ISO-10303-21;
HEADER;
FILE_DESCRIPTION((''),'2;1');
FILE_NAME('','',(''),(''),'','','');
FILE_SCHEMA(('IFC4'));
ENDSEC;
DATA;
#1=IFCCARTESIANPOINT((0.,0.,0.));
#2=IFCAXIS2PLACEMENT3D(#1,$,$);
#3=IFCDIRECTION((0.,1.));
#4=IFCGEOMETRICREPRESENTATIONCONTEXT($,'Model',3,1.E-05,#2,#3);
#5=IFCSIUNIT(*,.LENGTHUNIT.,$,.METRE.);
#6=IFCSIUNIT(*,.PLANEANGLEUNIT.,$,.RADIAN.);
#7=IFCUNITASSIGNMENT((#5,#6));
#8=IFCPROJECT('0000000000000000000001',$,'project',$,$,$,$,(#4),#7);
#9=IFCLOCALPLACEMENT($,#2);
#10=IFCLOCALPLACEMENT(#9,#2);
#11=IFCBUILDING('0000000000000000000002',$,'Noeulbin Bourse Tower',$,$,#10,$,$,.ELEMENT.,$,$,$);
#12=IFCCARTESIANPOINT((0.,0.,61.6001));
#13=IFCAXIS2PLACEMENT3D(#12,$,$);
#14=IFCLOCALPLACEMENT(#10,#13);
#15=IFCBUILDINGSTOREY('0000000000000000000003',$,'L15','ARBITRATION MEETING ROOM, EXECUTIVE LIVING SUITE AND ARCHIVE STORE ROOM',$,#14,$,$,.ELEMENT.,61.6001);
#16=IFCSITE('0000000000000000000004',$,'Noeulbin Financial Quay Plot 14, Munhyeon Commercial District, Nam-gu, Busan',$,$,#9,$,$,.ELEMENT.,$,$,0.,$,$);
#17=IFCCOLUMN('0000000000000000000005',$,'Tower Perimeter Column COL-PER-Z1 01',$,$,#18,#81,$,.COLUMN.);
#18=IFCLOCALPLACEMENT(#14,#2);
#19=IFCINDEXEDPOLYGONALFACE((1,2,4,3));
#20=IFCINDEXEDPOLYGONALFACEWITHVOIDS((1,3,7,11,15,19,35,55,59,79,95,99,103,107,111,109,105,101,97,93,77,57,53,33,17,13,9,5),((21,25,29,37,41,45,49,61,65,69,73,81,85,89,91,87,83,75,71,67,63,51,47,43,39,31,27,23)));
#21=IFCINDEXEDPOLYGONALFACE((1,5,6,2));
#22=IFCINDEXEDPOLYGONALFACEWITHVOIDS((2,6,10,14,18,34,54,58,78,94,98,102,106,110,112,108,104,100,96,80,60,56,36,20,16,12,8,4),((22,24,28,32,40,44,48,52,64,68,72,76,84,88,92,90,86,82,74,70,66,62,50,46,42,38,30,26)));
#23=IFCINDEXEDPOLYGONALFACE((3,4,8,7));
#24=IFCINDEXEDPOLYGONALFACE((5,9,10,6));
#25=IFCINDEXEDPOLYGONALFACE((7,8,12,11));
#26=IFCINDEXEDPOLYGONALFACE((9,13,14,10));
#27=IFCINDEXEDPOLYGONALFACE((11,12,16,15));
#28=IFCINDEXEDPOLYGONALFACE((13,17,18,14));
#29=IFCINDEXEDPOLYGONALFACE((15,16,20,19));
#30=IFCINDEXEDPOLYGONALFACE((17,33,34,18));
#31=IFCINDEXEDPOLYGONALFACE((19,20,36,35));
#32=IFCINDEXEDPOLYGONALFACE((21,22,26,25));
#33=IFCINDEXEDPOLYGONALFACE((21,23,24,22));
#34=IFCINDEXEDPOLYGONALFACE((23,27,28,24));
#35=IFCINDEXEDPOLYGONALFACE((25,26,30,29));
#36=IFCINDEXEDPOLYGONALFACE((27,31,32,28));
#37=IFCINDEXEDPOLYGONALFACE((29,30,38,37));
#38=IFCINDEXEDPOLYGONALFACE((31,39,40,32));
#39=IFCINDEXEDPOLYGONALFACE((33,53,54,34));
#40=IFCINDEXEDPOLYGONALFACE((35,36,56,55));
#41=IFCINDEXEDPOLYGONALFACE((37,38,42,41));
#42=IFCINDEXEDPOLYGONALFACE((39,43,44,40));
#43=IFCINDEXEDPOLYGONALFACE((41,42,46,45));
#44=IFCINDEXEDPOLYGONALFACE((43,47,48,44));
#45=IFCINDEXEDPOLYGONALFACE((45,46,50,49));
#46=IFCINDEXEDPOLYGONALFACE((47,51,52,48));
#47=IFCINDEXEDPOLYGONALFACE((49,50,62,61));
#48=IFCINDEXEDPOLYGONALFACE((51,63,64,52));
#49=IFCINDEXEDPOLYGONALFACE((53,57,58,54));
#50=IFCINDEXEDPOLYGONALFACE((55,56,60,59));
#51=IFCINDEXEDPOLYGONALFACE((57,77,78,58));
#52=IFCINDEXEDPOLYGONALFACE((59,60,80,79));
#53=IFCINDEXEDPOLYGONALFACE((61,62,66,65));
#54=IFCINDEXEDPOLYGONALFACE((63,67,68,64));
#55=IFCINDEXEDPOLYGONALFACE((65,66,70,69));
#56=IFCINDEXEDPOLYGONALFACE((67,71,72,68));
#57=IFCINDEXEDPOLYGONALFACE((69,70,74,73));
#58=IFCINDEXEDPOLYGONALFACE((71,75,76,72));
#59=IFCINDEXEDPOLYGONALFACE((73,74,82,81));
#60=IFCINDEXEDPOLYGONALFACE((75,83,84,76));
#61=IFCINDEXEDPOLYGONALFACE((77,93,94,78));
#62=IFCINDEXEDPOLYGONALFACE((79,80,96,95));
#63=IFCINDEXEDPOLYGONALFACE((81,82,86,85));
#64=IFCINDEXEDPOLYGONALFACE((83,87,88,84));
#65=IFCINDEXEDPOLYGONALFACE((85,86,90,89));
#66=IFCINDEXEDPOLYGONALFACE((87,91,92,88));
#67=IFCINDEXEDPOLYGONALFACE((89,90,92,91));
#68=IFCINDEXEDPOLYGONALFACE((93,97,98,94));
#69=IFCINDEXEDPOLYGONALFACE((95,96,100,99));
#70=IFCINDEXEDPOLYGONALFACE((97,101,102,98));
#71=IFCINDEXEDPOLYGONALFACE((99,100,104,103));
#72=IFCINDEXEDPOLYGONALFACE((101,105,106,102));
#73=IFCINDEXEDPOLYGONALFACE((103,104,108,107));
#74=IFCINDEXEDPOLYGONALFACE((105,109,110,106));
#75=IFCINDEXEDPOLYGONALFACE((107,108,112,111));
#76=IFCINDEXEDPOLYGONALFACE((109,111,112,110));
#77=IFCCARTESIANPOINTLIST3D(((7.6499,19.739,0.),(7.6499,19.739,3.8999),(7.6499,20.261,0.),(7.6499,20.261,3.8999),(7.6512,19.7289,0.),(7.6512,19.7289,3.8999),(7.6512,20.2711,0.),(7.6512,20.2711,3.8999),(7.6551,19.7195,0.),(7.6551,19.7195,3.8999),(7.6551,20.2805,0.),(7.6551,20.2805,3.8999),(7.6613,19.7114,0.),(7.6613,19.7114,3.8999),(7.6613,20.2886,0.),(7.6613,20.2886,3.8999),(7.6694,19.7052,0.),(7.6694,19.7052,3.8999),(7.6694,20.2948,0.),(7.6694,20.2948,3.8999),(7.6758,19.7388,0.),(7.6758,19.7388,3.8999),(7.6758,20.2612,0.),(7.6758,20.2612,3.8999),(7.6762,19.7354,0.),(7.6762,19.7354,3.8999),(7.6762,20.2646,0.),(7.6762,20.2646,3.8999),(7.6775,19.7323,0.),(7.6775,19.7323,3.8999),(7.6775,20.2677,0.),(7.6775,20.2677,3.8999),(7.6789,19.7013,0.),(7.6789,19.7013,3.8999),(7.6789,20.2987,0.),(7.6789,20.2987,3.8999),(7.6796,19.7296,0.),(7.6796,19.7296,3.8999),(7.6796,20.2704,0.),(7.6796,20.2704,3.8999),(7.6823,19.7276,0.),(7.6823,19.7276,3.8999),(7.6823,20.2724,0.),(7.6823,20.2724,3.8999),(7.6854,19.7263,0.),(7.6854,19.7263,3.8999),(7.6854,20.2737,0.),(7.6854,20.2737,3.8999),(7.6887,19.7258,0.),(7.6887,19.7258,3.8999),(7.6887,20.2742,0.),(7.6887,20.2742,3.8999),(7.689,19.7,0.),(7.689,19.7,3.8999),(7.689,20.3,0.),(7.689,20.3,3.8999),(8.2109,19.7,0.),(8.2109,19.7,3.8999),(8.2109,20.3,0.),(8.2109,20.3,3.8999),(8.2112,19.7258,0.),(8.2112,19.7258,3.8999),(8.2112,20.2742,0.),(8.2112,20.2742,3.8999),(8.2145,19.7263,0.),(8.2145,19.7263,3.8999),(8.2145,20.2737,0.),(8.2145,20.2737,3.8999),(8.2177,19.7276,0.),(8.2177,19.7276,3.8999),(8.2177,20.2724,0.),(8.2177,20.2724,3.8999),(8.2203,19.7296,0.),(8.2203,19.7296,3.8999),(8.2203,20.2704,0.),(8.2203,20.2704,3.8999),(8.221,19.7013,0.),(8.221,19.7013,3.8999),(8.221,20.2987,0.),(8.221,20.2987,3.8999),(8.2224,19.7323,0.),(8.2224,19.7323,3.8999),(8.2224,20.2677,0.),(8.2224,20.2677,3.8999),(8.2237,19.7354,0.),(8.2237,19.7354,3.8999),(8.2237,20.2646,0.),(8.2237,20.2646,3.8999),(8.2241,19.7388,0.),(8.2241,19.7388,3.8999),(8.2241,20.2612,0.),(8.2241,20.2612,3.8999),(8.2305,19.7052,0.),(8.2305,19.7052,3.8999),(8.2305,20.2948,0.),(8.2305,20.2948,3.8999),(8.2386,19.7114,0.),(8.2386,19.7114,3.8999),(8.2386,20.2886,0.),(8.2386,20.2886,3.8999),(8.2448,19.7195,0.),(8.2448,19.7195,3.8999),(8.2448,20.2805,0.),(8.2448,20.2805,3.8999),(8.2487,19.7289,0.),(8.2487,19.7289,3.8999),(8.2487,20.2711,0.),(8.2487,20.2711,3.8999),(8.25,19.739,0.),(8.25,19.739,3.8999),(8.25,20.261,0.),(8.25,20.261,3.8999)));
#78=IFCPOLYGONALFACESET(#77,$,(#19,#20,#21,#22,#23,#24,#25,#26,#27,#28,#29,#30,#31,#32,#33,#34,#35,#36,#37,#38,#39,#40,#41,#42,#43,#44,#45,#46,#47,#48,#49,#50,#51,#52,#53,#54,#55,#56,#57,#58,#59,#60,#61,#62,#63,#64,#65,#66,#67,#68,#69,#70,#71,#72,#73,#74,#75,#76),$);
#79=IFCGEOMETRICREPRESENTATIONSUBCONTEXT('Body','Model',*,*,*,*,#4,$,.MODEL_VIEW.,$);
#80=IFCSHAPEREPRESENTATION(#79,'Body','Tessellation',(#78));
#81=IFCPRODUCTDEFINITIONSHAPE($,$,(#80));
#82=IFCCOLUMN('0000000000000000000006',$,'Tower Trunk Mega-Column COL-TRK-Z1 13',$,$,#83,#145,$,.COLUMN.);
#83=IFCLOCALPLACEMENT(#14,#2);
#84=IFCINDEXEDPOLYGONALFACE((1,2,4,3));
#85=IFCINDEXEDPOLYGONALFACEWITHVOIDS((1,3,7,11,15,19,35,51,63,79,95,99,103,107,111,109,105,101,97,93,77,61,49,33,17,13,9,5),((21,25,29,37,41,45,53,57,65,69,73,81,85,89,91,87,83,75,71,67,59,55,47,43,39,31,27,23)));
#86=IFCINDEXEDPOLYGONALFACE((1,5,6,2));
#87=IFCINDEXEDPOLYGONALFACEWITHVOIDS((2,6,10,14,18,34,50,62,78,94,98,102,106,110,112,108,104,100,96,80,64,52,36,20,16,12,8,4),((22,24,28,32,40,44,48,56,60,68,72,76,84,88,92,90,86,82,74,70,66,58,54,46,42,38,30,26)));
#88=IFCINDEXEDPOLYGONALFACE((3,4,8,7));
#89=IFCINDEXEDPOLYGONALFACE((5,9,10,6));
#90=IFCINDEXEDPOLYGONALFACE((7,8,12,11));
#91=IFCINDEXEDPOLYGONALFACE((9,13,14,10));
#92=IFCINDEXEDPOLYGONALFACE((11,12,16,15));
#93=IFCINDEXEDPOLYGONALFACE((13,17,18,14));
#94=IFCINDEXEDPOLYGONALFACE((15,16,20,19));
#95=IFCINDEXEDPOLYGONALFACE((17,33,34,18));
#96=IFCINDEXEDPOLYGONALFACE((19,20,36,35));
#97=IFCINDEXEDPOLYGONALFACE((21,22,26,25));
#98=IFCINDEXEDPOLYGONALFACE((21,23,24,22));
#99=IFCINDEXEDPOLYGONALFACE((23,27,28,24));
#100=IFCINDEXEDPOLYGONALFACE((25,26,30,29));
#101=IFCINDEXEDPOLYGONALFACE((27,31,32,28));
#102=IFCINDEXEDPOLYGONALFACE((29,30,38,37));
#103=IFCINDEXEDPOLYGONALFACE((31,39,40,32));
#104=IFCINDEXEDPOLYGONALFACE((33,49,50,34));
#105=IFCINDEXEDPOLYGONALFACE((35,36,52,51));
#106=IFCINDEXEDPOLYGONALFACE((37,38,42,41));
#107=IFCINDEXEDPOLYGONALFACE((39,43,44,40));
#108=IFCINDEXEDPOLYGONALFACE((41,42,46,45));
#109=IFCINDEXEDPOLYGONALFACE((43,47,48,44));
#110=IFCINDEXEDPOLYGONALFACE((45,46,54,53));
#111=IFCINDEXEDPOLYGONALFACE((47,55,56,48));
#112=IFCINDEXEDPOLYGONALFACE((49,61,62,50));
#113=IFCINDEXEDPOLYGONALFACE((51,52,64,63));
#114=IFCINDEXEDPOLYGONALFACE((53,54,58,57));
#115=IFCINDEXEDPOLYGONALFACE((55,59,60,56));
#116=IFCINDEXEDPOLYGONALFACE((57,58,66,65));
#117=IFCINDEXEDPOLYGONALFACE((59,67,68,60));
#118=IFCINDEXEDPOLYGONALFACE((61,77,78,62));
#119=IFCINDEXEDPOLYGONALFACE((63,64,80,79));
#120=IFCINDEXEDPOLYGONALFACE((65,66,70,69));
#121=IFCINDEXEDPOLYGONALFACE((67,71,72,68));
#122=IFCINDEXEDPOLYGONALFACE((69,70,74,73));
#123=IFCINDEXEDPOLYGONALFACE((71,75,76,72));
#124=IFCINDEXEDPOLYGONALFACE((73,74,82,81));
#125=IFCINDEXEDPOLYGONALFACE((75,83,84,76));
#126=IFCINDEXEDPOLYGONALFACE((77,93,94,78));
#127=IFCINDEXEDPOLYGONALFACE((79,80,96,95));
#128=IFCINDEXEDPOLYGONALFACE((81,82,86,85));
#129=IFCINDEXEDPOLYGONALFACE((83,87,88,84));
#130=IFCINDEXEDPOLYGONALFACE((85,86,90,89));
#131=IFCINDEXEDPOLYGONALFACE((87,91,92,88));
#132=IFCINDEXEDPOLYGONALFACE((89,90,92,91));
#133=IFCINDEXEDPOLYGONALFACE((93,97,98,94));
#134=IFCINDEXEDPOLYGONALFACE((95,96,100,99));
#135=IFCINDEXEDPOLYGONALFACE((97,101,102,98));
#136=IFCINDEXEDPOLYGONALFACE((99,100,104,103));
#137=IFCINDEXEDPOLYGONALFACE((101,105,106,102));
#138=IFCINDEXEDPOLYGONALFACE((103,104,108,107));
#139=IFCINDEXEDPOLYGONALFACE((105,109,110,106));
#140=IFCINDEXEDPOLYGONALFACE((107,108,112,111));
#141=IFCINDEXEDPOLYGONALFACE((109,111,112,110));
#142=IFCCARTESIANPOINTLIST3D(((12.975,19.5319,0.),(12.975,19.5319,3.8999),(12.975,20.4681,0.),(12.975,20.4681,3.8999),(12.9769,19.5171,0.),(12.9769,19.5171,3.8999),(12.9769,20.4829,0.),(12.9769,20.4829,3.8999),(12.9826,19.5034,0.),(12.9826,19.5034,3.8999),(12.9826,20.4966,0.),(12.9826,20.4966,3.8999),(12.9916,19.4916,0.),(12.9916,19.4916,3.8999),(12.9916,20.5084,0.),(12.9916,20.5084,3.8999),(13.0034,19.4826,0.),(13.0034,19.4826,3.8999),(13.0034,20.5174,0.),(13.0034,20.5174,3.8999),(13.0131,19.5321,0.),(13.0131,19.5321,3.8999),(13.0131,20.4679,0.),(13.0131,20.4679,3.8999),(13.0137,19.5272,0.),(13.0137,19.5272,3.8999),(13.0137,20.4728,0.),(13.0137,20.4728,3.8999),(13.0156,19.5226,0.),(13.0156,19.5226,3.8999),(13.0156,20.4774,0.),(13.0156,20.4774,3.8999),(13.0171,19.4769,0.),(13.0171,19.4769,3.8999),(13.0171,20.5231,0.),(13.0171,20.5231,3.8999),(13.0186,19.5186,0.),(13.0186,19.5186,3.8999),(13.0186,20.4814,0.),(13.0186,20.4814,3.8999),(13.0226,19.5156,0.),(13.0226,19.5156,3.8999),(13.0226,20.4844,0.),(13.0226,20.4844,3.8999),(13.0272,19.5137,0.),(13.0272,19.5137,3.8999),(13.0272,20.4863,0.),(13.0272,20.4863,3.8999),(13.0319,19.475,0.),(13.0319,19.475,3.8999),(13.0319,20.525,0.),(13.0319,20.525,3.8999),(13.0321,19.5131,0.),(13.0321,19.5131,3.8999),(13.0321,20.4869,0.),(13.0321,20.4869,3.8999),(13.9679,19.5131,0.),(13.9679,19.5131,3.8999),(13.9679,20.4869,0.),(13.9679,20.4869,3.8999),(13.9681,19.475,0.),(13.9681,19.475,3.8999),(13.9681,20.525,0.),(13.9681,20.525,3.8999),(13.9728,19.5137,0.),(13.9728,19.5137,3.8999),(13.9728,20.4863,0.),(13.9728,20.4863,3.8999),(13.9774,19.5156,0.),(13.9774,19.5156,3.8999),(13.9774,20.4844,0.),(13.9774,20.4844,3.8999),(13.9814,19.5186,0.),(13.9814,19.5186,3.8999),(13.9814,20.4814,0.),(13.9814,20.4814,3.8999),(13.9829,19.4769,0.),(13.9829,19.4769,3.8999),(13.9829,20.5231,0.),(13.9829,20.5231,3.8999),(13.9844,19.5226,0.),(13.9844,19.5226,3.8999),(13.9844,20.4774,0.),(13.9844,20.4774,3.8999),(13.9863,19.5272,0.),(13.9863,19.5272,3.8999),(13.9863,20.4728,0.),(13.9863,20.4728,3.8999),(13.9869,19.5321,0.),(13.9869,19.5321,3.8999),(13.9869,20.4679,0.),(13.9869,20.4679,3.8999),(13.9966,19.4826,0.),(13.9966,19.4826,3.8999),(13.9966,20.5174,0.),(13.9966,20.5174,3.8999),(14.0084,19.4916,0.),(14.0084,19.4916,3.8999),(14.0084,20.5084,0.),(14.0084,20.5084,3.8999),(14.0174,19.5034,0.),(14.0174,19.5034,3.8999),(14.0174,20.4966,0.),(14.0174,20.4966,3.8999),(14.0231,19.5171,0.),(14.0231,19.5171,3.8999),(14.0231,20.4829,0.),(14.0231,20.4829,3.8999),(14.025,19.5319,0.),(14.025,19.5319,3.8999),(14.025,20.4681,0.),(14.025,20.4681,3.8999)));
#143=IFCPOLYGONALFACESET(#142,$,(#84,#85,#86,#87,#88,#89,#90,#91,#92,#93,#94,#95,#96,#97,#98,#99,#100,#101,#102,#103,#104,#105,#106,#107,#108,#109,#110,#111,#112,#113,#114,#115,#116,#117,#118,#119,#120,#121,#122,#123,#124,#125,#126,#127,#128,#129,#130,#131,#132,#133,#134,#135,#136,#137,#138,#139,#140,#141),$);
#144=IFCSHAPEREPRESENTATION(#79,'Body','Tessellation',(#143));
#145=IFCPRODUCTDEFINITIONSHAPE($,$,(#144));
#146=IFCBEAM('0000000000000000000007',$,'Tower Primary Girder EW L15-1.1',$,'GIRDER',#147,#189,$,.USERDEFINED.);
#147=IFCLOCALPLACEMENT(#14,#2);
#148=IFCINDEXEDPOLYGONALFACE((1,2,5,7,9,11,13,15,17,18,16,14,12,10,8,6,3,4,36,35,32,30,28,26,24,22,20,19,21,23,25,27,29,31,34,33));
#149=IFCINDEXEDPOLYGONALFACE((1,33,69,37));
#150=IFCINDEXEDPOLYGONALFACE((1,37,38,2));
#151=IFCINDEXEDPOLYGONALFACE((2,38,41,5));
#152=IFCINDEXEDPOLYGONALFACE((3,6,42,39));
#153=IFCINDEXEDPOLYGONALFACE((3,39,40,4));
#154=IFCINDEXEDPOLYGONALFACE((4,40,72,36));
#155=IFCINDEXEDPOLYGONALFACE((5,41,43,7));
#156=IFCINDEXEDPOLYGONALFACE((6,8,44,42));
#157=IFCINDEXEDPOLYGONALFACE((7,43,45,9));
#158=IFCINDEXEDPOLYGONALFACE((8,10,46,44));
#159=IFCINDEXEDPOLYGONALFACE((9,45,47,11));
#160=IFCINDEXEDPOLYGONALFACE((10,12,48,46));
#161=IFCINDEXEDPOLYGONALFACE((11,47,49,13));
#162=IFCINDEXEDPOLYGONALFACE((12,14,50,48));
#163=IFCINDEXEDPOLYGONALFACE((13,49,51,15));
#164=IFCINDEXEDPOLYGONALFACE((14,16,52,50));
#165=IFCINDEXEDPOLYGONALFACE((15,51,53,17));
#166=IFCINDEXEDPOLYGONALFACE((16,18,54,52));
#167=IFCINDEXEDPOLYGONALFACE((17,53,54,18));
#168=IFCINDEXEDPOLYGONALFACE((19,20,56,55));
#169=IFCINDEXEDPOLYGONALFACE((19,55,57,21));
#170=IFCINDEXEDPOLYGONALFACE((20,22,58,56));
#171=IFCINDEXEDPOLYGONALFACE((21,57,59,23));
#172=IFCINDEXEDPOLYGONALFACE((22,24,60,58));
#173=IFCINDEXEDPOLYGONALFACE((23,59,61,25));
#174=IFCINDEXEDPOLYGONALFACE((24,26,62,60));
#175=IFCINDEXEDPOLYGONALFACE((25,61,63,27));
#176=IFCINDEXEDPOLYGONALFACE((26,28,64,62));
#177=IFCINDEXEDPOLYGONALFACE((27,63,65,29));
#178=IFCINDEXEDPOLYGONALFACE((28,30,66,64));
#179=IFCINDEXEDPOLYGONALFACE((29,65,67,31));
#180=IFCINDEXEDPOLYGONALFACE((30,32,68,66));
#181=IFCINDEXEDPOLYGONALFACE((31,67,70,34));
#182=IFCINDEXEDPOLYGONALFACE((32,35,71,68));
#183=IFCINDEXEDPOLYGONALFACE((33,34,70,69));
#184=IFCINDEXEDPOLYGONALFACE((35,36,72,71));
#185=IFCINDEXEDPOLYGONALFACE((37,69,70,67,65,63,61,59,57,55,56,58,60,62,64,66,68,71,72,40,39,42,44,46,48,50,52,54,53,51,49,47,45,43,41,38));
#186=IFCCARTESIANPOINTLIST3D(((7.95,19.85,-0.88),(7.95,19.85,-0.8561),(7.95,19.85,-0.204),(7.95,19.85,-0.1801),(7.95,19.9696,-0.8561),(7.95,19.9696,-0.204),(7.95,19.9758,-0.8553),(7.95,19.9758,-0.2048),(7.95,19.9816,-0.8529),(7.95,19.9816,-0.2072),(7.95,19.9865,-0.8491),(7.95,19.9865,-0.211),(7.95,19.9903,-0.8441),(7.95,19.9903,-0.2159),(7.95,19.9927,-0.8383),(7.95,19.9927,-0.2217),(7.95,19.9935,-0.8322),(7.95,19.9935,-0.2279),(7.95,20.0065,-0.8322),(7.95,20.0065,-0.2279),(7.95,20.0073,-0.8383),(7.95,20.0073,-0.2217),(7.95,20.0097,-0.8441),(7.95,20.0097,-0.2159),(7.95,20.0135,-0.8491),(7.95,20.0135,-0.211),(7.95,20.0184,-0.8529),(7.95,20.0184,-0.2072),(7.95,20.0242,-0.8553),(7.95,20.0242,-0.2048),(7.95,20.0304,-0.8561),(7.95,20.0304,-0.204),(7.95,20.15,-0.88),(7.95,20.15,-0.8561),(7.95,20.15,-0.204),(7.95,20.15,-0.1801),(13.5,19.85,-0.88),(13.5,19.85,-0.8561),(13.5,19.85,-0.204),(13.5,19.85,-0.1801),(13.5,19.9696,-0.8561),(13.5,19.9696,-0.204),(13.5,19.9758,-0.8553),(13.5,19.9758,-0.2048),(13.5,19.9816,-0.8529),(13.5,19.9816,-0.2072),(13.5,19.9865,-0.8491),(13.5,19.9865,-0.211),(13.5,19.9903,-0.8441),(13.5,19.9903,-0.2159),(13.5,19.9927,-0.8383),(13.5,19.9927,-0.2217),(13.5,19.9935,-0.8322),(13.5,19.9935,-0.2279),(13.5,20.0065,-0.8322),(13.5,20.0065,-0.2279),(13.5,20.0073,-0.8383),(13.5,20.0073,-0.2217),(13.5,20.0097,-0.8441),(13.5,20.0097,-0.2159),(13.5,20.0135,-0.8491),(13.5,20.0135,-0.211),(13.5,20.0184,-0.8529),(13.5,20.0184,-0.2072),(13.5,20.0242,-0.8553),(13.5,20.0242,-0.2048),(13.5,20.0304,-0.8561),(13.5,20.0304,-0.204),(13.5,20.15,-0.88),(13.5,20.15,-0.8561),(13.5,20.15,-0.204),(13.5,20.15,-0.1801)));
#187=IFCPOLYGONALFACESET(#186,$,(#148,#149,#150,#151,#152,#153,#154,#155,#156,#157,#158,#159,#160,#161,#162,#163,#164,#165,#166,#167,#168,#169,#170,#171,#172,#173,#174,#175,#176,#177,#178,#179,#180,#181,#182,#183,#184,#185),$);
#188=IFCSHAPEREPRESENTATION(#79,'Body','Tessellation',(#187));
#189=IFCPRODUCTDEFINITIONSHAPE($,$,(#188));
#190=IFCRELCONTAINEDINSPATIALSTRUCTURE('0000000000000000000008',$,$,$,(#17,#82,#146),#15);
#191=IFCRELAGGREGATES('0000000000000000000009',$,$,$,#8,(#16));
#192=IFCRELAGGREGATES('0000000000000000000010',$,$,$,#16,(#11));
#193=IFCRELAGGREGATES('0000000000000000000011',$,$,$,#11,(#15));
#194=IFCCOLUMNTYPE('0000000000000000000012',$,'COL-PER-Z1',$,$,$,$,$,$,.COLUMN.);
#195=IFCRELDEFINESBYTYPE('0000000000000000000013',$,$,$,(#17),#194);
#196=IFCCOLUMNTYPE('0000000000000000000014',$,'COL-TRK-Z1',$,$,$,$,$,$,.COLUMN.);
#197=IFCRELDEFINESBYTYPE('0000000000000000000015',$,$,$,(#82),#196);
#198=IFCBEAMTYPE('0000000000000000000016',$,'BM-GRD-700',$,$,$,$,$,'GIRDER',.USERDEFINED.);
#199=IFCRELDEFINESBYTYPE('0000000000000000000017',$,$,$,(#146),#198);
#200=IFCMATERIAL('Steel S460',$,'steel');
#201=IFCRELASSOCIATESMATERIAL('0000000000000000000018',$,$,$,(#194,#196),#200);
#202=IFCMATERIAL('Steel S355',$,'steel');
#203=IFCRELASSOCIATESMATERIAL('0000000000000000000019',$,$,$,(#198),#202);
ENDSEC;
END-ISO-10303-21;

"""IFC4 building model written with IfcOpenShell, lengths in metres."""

from ifc_helpers import new_model, si_unit, direction, frame, origin, origin_2d, place, context, subcontext, project, spatial, hollow_rectangle, i_section, extrude, material, material_profile, profile_set, type_object, element, save


model = new_model("IFC4")

# Units and contexts
model_context = context("Model", 3, precision=1e-05, world=origin(), true_north=direction((0.0, 1.0)))
body_context = subcontext(model_context, "Body", "Model", "MODEL_VIEW")
ifc_project = project(units=[si_unit("LENGTHUNIT", "METRE"), si_unit("PLANEANGLEUNIT", "RADIAN")], contexts=[model_context])

# Site, building, storey
site_placement = place(None, origin())
site = spatial("IfcSite", under=ifc_project, at=site_placement, Name="Noeulbin Financial Quay Plot 14, Munhyeon Commercial District, Nam-gu, Busan", CompositionType="ELEMENT", RefElevation=0.0)
building_placement = place(site_placement, origin())
building = spatial("IfcBuilding", under=site, at=building_placement, Name="Noeulbin Bourse Tower", CompositionType="ELEMENT")
storey_placement = place(building_placement, frame((0.0, 0.0, 61.6001)))
storey = spatial("IfcBuildingStorey", under=building, at=storey_placement, Name="L15", Description="ARBITRATION MEETING ROOM, EXECUTIVE LIVING SUITE AND ARCHIVE STORE ROOM", CompositionType="ELEMENT", Elevation=61.6001)

# Columns
ifc_material_1 = material(Name="Steel S460", Category="steel")
ifc_material_profile_1 = material_profile(ifc_material_1, hollow_rectangle(XDim=0.6001, YDim=0.6001, WallThickness=0.0259, InnerFilletRadius=0.0129, OuterFilletRadius=0.0391, at=origin_2d()), Name="BOX-600x600x26", Category="LoadBearing")
ifc_profile_set_1 = profile_set([ifc_material_profile_1], Name="Steel S460")
column_type_1 = type_object("IfcColumnType", Name="COL-PER-Z1", PredefinedType="COLUMN", material=ifc_profile_set_1)
column_1_placement = place(storey_placement, frame((7.95, 20.0, 0.0), z_axis=(0.0, 0.0, 1.0), x_axis=(1.0, 0.0, 0.0)))
element("IfcColumn", 1, at=column_1_placement, inside=storey, type_object=column_type_1, Name="Tower Perimeter Column COL-PER-Z1 01", PredefinedType="COLUMN", context=body_context, shape_type="SweptSolid", body=[
    extrude(hollow_rectangle(XDim=0.6001, YDim=0.6001, WallThickness=0.0259, InnerFilletRadius=0.0129, OuterFilletRadius=0.0391, at=origin_2d()), origin(), (0.0, 0.0, 1.0), 3.8999),
])
ifc_material_profile_2 = material_profile(ifc_material_1, hollow_rectangle(XDim=1.05, YDim=1.05, WallThickness=0.0381, InnerFilletRadius=0.019, OuterFilletRadius=0.0569, at=origin_2d()), Name="BOX-1050x1050x38", Category="LoadBearing")
ifc_profile_set_2 = profile_set([ifc_material_profile_2], Name="Steel S460")
column_type_2 = type_object("IfcColumnType", Name="COL-TRK-Z1", PredefinedType="COLUMN", material=ifc_profile_set_2)
column_2_placement = place(storey_placement, frame((13.5, 20.0, 0.0), z_axis=(0.0, 0.0, 1.0), x_axis=(1.0, 0.0, 0.0)))
element("IfcColumn", 2, at=column_2_placement, inside=storey, type_object=column_type_2, Name="Tower Trunk Mega-Column COL-TRK-Z1 13", PredefinedType="COLUMN", context=body_context, shape_type="SweptSolid", body=[
    extrude(hollow_rectangle(XDim=1.05, YDim=1.05, WallThickness=0.0381, InnerFilletRadius=0.019, OuterFilletRadius=0.0569, at=origin_2d()), origin(), (0.0, 0.0, 1.0), 3.8999),
])

# Beam
ifc_material_2 = material(Name="Steel S355", Category="steel")
ifc_material_profile_3 = material_profile(ifc_material_2, i_section(OverallWidth=0.3, OverallDepth=0.7, WebThickness=0.0129, FlangeThickness=0.0239, FilletRadius=0.0239, at=origin_2d()), Name="H-700x300x13x24", Category="LoadBearing")
ifc_profile_set_3 = profile_set([ifc_material_profile_3], Name="Steel S355")
beam_type_1 = type_object("IfcBeamType", Name="BM-GRD-700", ElementType="GIRDER", PredefinedType="USERDEFINED", material=ifc_profile_set_3)
beam_1_placement = place(storey_placement, frame((7.95, 20.0, -0.53), z_axis=(1.0, 0.0, 0.0), x_axis=(0.0, 1.0, 0.0)))
element("IfcBeam", 3, at=beam_1_placement, inside=storey, type_object=beam_type_1, Name="Tower Primary Girder EW L15-1.1", ObjectType="GIRDER", PredefinedType="USERDEFINED", context=body_context, shape_type="SweptSolid", body=[
    extrude(i_section(OverallWidth=0.3, OverallDepth=0.7, WebThickness=0.0129, FlangeThickness=0.0239, FilletRadius=0.0239, at=origin_2d()), origin(), (0.0, 0.0, 1.0), 5.55),
])

save(model, "model.ifc")
